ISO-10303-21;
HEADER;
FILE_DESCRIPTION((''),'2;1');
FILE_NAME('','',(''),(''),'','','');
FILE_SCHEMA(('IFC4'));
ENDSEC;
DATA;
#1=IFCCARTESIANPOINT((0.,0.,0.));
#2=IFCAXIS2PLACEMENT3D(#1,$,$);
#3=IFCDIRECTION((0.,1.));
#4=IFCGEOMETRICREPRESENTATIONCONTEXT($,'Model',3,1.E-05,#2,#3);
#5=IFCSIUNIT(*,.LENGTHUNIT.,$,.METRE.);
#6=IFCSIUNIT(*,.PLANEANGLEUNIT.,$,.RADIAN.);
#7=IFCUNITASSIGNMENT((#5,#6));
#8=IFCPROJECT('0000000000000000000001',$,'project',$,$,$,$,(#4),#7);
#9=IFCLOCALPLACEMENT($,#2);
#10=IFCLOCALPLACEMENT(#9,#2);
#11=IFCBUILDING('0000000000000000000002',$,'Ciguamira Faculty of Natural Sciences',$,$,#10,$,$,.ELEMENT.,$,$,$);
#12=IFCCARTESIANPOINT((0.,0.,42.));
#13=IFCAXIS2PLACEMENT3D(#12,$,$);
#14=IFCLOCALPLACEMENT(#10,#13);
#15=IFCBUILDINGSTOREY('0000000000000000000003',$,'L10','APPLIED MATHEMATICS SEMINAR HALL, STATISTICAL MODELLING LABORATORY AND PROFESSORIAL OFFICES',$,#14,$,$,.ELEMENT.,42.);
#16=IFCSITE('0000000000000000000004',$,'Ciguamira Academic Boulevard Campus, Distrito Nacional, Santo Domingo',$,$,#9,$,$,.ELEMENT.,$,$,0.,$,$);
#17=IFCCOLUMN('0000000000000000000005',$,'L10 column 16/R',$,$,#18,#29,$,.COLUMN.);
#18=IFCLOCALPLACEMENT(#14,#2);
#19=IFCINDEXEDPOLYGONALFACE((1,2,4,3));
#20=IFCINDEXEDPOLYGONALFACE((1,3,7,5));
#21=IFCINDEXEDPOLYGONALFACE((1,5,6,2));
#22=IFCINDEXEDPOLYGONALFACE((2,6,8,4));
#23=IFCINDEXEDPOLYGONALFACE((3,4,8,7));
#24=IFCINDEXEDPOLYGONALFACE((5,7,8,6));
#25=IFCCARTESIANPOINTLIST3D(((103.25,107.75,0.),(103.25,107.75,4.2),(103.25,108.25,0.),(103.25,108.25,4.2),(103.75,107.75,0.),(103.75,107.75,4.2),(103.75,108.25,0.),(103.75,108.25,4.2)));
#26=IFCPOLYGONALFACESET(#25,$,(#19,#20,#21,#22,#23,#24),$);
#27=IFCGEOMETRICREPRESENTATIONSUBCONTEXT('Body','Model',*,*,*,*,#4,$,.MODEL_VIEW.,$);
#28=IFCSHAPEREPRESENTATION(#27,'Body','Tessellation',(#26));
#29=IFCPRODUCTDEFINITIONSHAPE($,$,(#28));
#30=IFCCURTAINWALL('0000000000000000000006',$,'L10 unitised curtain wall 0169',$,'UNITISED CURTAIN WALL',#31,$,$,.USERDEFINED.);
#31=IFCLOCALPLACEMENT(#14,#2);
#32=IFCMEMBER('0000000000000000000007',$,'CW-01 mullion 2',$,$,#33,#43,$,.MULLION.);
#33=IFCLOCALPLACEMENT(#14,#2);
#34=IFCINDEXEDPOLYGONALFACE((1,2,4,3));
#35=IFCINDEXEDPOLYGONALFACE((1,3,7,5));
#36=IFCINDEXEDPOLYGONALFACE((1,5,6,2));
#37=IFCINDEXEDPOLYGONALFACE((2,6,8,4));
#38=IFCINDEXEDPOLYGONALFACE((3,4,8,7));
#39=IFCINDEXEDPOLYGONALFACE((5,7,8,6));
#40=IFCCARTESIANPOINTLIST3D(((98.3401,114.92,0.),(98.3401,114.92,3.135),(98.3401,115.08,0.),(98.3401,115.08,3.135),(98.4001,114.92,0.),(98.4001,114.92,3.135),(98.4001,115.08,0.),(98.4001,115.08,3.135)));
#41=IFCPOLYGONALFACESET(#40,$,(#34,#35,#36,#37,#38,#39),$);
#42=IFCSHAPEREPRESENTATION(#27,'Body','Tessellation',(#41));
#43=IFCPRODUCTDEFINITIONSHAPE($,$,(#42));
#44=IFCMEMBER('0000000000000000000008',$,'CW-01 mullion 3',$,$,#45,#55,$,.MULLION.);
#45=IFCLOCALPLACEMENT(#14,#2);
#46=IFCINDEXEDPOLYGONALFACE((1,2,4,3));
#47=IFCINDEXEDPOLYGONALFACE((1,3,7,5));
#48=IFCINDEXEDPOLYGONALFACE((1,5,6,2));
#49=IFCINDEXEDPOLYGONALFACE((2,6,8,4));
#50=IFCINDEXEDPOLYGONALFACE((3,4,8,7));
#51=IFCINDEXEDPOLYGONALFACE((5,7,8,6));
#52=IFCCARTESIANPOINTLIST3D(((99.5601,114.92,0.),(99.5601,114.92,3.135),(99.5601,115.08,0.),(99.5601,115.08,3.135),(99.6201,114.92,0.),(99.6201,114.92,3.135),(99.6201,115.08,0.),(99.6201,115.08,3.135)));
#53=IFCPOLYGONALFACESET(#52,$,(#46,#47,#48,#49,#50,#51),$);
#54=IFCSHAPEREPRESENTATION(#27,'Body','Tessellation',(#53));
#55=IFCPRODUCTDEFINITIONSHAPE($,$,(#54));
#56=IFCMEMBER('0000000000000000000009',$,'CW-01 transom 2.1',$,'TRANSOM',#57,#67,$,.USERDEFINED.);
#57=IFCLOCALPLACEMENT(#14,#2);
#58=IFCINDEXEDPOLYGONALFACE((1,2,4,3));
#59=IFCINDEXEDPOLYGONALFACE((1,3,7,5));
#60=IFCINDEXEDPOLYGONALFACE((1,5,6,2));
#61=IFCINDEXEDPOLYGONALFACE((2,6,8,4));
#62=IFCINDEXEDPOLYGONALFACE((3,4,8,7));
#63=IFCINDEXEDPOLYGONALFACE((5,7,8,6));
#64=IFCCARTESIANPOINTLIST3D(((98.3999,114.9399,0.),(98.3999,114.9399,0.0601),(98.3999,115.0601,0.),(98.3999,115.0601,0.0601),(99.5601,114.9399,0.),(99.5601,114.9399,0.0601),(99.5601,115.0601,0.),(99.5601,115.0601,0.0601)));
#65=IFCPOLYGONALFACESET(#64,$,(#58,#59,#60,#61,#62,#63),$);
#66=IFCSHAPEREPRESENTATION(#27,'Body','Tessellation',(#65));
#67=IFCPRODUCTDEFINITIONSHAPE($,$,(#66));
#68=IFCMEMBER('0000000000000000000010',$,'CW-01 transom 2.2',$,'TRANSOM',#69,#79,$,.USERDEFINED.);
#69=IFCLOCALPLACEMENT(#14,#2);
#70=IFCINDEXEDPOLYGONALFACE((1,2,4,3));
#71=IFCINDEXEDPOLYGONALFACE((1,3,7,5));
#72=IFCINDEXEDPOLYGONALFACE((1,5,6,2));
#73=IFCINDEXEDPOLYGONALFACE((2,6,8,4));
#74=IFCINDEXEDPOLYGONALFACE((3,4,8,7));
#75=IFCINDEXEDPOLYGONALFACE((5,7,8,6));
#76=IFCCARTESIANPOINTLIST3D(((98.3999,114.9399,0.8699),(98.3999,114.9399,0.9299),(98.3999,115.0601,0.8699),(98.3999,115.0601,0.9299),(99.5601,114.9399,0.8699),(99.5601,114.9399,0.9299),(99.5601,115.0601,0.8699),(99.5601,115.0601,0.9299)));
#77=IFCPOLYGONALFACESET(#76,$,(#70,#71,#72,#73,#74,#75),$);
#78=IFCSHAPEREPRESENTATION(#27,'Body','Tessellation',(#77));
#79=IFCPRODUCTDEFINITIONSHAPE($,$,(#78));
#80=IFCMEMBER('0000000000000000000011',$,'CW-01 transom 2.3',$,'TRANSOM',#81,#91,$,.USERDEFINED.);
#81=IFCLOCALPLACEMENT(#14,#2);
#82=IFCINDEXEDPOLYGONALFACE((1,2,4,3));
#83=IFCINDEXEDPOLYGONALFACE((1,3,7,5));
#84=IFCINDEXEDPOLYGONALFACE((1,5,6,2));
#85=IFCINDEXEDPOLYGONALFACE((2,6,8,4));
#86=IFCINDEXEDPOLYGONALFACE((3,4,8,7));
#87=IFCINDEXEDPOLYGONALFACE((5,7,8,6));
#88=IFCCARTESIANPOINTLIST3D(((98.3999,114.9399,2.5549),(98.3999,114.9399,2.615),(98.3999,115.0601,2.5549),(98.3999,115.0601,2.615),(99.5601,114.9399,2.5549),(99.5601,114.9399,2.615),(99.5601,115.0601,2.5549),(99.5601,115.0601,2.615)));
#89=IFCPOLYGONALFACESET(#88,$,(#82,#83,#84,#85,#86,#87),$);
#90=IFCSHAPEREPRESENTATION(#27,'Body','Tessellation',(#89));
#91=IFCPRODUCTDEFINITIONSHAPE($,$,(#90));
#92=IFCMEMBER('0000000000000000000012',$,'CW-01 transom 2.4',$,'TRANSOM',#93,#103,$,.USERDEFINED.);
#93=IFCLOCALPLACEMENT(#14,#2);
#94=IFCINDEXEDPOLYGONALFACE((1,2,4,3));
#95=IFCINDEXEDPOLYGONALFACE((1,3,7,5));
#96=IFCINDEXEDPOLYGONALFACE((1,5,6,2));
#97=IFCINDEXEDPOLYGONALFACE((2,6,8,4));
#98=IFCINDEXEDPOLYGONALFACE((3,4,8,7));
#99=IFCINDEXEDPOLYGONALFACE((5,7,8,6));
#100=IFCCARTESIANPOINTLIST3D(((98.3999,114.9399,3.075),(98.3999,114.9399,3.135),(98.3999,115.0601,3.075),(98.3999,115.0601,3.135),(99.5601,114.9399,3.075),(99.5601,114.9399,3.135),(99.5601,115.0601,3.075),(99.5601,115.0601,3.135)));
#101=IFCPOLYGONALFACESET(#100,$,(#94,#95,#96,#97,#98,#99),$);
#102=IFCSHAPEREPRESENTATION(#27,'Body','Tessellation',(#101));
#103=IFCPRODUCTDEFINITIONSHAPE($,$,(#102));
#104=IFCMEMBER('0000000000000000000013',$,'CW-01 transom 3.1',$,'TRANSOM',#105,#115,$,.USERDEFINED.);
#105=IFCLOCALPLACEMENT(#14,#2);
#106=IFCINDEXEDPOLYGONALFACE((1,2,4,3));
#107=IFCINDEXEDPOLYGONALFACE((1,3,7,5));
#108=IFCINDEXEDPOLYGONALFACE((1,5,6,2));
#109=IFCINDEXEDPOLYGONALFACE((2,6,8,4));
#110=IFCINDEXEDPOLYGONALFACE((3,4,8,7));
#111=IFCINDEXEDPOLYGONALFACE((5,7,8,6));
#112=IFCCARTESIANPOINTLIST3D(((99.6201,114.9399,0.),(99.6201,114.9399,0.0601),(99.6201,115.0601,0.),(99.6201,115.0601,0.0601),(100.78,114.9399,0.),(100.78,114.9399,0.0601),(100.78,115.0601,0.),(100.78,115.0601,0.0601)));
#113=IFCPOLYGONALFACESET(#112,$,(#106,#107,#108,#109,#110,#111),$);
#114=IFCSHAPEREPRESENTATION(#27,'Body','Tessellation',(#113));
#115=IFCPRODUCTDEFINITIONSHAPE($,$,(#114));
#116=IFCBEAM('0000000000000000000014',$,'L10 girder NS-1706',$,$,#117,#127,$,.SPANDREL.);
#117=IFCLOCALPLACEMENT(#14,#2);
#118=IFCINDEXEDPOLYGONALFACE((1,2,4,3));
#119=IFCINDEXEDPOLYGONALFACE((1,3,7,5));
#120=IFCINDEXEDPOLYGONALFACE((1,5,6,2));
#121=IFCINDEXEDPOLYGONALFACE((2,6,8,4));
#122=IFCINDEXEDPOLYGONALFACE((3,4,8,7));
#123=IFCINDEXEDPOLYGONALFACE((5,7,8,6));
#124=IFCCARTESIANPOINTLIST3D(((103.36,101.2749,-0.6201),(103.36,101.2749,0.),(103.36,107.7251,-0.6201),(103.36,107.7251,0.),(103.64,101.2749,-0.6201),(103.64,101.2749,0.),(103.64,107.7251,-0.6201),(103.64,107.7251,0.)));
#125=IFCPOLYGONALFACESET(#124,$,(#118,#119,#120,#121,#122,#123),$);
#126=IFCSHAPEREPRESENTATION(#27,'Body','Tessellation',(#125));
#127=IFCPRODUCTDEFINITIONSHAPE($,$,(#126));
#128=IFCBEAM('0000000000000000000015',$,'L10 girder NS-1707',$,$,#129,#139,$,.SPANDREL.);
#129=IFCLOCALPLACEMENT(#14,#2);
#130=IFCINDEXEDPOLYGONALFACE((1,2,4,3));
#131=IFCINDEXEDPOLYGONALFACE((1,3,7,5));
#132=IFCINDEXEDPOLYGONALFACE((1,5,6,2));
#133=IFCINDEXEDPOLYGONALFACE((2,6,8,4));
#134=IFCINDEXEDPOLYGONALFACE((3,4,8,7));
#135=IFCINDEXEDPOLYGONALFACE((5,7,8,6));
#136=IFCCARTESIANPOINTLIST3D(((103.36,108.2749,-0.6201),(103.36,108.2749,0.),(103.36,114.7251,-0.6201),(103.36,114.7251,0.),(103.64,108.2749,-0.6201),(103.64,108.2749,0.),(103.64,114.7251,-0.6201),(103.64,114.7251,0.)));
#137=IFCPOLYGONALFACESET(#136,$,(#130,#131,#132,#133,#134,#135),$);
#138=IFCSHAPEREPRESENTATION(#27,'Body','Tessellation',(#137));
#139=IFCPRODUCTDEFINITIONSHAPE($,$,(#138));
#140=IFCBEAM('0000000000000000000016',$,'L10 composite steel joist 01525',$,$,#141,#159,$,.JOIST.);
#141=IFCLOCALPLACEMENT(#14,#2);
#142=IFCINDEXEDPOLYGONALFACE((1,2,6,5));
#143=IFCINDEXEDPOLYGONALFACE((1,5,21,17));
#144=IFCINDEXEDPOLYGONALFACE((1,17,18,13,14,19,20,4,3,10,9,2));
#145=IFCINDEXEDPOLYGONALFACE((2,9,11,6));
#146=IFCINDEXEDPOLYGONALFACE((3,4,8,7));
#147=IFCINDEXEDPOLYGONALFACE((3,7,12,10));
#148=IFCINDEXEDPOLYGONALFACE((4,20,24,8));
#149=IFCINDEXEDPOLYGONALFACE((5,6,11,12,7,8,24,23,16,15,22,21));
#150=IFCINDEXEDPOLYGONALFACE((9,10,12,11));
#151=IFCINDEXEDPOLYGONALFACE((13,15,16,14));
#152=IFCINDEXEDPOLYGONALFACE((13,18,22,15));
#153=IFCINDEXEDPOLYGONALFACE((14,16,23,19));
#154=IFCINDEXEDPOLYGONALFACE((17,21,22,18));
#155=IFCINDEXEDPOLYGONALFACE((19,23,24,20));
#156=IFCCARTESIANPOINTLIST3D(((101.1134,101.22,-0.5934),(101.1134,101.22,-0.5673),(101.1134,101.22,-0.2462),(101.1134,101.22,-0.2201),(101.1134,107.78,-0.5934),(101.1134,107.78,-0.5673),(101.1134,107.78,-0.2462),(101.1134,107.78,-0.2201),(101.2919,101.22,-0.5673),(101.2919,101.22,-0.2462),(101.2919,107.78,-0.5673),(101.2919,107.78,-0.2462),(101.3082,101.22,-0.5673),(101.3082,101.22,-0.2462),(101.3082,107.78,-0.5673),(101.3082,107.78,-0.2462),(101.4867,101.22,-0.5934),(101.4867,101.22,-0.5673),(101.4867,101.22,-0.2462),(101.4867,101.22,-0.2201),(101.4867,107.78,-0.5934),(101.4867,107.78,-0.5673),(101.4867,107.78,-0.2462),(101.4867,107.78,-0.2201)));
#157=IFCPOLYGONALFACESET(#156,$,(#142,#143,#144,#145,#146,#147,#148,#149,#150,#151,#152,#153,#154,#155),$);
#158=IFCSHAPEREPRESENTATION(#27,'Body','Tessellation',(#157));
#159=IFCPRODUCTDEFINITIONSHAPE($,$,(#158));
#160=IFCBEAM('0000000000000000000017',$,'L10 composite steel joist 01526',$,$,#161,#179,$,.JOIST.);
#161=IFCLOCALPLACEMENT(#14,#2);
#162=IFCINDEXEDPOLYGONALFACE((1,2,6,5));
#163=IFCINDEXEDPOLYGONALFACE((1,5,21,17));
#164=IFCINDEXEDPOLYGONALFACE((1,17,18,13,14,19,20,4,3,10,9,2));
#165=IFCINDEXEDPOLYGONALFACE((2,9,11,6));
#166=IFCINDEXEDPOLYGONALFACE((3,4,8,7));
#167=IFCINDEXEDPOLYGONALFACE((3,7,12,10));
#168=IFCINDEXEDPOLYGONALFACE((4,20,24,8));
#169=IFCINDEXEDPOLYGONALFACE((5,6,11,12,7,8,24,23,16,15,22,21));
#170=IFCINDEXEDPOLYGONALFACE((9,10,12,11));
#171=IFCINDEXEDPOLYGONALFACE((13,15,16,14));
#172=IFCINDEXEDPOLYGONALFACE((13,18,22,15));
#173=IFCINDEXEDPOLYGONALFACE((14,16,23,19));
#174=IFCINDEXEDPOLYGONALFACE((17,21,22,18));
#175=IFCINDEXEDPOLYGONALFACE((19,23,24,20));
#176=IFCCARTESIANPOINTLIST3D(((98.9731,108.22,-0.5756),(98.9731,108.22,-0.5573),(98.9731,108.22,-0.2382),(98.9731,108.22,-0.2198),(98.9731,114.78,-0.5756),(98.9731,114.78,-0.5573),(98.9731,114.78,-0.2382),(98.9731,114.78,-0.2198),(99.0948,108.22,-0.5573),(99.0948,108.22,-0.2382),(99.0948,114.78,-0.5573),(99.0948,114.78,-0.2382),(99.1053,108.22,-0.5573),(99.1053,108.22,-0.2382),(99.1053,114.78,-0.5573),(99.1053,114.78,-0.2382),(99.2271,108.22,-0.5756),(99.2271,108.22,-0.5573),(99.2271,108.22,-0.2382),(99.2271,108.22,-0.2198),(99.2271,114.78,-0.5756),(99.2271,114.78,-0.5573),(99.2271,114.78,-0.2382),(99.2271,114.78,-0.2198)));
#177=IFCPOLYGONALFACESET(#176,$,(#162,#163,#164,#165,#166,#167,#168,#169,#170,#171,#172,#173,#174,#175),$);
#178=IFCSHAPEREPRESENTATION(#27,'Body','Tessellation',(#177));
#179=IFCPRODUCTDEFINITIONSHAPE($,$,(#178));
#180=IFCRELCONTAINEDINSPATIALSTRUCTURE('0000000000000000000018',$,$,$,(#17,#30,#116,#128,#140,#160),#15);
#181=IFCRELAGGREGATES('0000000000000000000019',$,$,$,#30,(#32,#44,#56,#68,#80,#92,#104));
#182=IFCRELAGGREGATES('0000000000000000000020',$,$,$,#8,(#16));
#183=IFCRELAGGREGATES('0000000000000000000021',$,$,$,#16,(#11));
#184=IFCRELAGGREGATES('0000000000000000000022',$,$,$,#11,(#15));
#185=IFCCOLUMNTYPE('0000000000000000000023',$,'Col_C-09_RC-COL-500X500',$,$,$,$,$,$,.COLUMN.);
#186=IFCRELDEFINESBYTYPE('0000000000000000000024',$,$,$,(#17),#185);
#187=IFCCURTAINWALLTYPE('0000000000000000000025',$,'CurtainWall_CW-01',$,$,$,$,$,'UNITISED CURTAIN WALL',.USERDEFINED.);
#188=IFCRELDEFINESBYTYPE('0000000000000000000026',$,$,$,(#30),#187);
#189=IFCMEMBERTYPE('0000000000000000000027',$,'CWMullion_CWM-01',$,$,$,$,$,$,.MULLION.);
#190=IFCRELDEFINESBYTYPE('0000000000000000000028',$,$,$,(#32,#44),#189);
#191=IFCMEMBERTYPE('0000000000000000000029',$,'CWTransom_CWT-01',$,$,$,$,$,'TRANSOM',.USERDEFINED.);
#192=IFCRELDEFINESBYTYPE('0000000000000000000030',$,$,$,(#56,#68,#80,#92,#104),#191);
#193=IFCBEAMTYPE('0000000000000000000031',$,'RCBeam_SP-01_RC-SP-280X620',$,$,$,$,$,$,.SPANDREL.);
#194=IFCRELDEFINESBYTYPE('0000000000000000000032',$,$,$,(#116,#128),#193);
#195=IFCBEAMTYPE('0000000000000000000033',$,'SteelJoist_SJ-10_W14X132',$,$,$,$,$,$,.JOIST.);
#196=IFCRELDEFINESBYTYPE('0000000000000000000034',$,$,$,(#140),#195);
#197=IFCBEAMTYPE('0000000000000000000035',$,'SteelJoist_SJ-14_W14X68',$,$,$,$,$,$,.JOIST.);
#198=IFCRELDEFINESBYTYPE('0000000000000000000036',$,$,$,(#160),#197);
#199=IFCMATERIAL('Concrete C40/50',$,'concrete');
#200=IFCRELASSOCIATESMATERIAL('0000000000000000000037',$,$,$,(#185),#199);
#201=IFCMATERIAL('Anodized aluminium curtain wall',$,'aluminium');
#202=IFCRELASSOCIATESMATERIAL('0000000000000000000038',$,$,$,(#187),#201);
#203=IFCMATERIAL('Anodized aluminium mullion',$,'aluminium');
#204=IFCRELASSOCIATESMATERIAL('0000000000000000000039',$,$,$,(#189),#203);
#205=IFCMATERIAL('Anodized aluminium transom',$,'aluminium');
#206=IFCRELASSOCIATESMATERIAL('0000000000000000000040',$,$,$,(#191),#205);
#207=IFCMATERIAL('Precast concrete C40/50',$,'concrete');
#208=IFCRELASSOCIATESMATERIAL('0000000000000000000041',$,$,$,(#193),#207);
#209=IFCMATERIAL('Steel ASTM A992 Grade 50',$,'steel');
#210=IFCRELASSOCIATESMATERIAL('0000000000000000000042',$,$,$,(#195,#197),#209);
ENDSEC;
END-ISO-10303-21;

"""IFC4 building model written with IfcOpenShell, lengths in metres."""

from ifc_helpers import new_model, si_unit, direction, frame, origin, origin_2d, place, context, subcontext, project, spatial, rectangle, i_section, extrude, material, material_profile, profile_set, type_object, element, aggregate, save


model = new_model("IFC4")

# Units and contexts
model_context = context("Model", 3, precision=1e-05, world=origin(), true_north=direction((0.0, 1.0)))
body_context = subcontext(model_context, "Body", "Model", "MODEL_VIEW")
ifc_project = project(units=[si_unit("LENGTHUNIT", "METRE"), si_unit("PLANEANGLEUNIT", "RADIAN")], contexts=[model_context])

# Site, building, storey
site_placement = place(None, origin())
site = spatial("IfcSite", under=ifc_project, at=site_placement, Name="Ciguamira Academic Boulevard Campus, Distrito Nacional, Santo Domingo", CompositionType="ELEMENT", RefElevation=0.0)
building_placement = place(site_placement, origin())
building = spatial("IfcBuilding", under=site, at=building_placement, Name="Ciguamira Faculty of Natural Sciences", CompositionType="ELEMENT")
storey_placement = place(building_placement, frame((0.0, 0.0, 42.0)))
storey = spatial("IfcBuildingStorey", under=building, at=storey_placement, Name="L10", Description="APPLIED MATHEMATICS SEMINAR HALL, STATISTICAL MODELLING LABORATORY AND PROFESSORIAL OFFICES", CompositionType="ELEMENT", Elevation=42.0)

# Column
ifc_material_1 = material(Name="Concrete C40/50", Category="concrete")
ifc_material_profile_1 = material_profile(ifc_material_1, rectangle(XDim=0.5, YDim=0.5, at=origin_2d()), Name="RC-COL-500X500")
ifc_profile_set_1 = profile_set([ifc_material_profile_1], Name="Concrete C40/50")
column_type = type_object("IfcColumnType", Name="Col_C-09_RC-COL-500X500", PredefinedType="COLUMN", material=ifc_profile_set_1)
column_placement = place(storey_placement, frame((103.5, 108.0, 0.0), z_axis=(0.0, 0.0, 1.0), x_axis=(1.0, 0.0, 0.0)))
element("IfcColumn", 1, at=column_placement, inside=storey, type_object=column_type, Name="L10 column 16/R", PredefinedType="COLUMN", context=body_context, shape_type="SweptSolid", body=[
    extrude(rectangle(XDim=0.5, YDim=0.5, at=origin_2d()), origin(), (0.0, 0.0, 1.0), 4.2),
])

# Curtain wall, members
ifc_material_2 = material(Name="Anodized aluminium curtain wall", Category="aluminium")
curtain_wall_type = type_object("IfcCurtainWallType", Name="CurtainWall_CW-01", ElementType="UNITISED CURTAIN WALL", PredefinedType="USERDEFINED", material=ifc_material_2)
curtain_wall_placement = place(storey_placement, origin())
curtain_wall = element("IfcCurtainWall", 2, at=curtain_wall_placement, inside=storey, type_object=curtain_wall_type, Name="L10 unitised curtain wall 0169", ObjectType="UNITISED CURTAIN WALL", PredefinedType="USERDEFINED")
ifc_material_3 = material(Name="Anodized aluminium mullion", Category="aluminium")
ifc_material_profile_2 = material_profile(ifc_material_3, rectangle(XDim=0.0601, YDim=0.1599, at=origin_2d()), Name="ALU-MUL-60X160")
ifc_profile_set_2 = profile_set([ifc_material_profile_2], Name="Anodized aluminium mullion")
member_type_1 = type_object("IfcMemberType", Name="CWMullion_CWM-01", PredefinedType="MULLION", material=ifc_profile_set_2)
member_1_placement = place(storey_placement, frame((98.3701, 115.0, 0.0), z_axis=(0.0, 0.0, 1.0), x_axis=(1.0, 0.0, 0.0)))
member_1 = element("IfcMember", 3, at=member_1_placement, type_object=member_type_1, Name="CW-01 mullion 2", PredefinedType="MULLION", context=body_context, shape_type="SweptSolid", body=[
    extrude(rectangle(XDim=0.0601, YDim=0.1599, at=origin_2d()), origin(), (0.0, 0.0, 1.0), 3.135),
])
member_2_placement = place(storey_placement, frame((99.5901, 115.0, 0.0), z_axis=(0.0, 0.0, 1.0), x_axis=(1.0, 0.0, 0.0)))
member_2 = element("IfcMember", 4, at=member_2_placement, type_object=member_type_1, Name="CW-01 mullion 3", PredefinedType="MULLION", context=body_context, shape_type="SweptSolid", body=[
    extrude(rectangle(XDim=0.0601, YDim=0.1599, at=origin_2d()), origin(), (0.0, 0.0, 1.0), 3.135),
])
ifc_material_4 = material(Name="Anodized aluminium transom", Category="aluminium")
ifc_material_profile_3 = material_profile(ifc_material_4, rectangle(XDim=0.0601, YDim=0.1201, at=origin_2d()), Name="ALU-TRN-60X120")
ifc_profile_set_3 = profile_set([ifc_material_profile_3], Name="Anodized aluminium transom")
member_type_2 = type_object("IfcMemberType", Name="CWTransom_CWT-01", ElementType="TRANSOM", PredefinedType="USERDEFINED", material=ifc_profile_set_3)
member_3_placement = place(storey_placement, frame((98.3999, 115.0, 0.03), z_axis=(1.0, 0.0, 0.0), x_axis=(0.0, 0.0, 1.0)))
member_3 = element("IfcMember", 5, at=member_3_placement, type_object=member_type_2, Name="CW-01 transom 2.1", ObjectType="TRANSOM", PredefinedType="USERDEFINED", context=body_context, shape_type="SweptSolid", body=[
    extrude(rectangle(XDim=0.0601, YDim=0.1201, at=origin_2d()), origin(), (0.0, 0.0, 1.0), 1.1602),
])
member_4_placement = place(storey_placement, frame((98.3999, 115.0, 0.8999), z_axis=(1.0, 0.0, 0.0), x_axis=(0.0, 0.0, 1.0)))
member_4 = element("IfcMember", 6, at=member_4_placement, type_object=member_type_2, Name="CW-01 transom 2.2", ObjectType="TRANSOM", PredefinedType="USERDEFINED", context=body_context, shape_type="SweptSolid", body=[
    extrude(rectangle(XDim=0.0601, YDim=0.1201, at=origin_2d()), origin(), (0.0, 0.0, 1.0), 1.1602),
])
member_5_placement = place(storey_placement, frame((98.3999, 115.0, 2.585), z_axis=(1.0, 0.0, 0.0), x_axis=(0.0, 0.0, 1.0)))
member_5 = element("IfcMember", 7, at=member_5_placement, type_object=member_type_2, Name="CW-01 transom 2.3", ObjectType="TRANSOM", PredefinedType="USERDEFINED", context=body_context, shape_type="SweptSolid", body=[
    extrude(rectangle(XDim=0.0601, YDim=0.1201, at=origin_2d()), origin(), (0.0, 0.0, 1.0), 1.1602),
])
member_6_placement = place(storey_placement, frame((98.3999, 115.0, 3.105), z_axis=(1.0, 0.0, 0.0), x_axis=(0.0, 0.0, 1.0)))
member_6 = element("IfcMember", 8, at=member_6_placement, type_object=member_type_2, Name="CW-01 transom 2.4", ObjectType="TRANSOM", PredefinedType="USERDEFINED", context=body_context, shape_type="SweptSolid", body=[
    extrude(rectangle(XDim=0.0601, YDim=0.1201, at=origin_2d()), origin(), (0.0, 0.0, 1.0), 1.1602),
])
member_7_placement = place(storey_placement, frame((99.6201, 115.0, 0.03), z_axis=(1.0, 0.0, 0.0), x_axis=(0.0, 0.0, 1.0)))
member_7 = element("IfcMember", 9, at=member_7_placement, type_object=member_type_2, Name="CW-01 transom 3.1", ObjectType="TRANSOM", PredefinedType="USERDEFINED", context=body_context, shape_type="SweptSolid", body=[
    extrude(rectangle(XDim=0.0601, YDim=0.1201, at=origin_2d()), origin(), (0.0, 0.0, 1.0), 1.1599),
])

# Beams
ifc_material_5 = material(Name="Precast concrete C40/50", Category="concrete")
ifc_material_profile_4 = material_profile(ifc_material_5, rectangle(XDim=0.28, YDim=0.6201, at=origin_2d()), Name="RC-SP-280X620")
ifc_profile_set_4 = profile_set([ifc_material_profile_4], Name="Precast concrete C40/50")
beam_type_1 = type_object("IfcBeamType", Name="RCBeam_SP-01_RC-SP-280X620", PredefinedType="SPANDREL", material=ifc_profile_set_4)
for number, where, z_axis, x_axis, name in (
    (10, (103.5, 101.2749, -0.3101), (0.0, 1.0, 0.0), (-1.0, 0.0, 0.0), "L10 girder NS-1706"),
    (11, (103.5, 108.2749, -0.3101), (0.0, 1.0, 0.0), (-1.0, 0.0, 0.0), "L10 girder NS-1707"),
):
    element("IfcBeam", number, at=place(storey_placement, frame(where, z_axis=z_axis, x_axis=x_axis)), inside=storey, type_object=beam_type_1, Name=name, PredefinedType="SPANDREL", context=body_context, shape_type="SweptSolid", body=[
        extrude(rectangle(XDim=0.28, YDim=0.6201, at=origin_2d()), origin(), (0.0, 0.0, 1.0), 6.4502),
    ])
ifc_material_6 = material(Name="Steel ASTM A992 Grade 50", Category="steel")
ifc_material_profile_5 = material_profile(ifc_material_6, i_section(OverallWidth=0.3733, OverallDepth=0.3733, WebThickness=0.0164, FlangeThickness=0.0261, at=origin_2d()), Name="W14X132")
ifc_profile_set_5 = profile_set([ifc_material_profile_5], Name="Steel ASTM A992 Grade 50")
beam_type_2 = type_object("IfcBeamType", Name="SteelJoist_SJ-10_W14X132", PredefinedType="JOIST", material=ifc_profile_set_5)
beam_1_placement = place(storey_placement, frame((101.3, 101.22, -0.4067), z_axis=(0.0, 1.0, 0.0), x_axis=(-1.0, 0.0, 0.0)))
element("IfcBeam", 12, at=beam_1_placement, inside=storey, type_object=beam_type_2, Name="L10 composite steel joist 01525", PredefinedType="JOIST", context=body_context, shape_type="SweptSolid", body=[
    extrude(i_section(OverallWidth=0.3733, OverallDepth=0.3733, WebThickness=0.0164, FlangeThickness=0.0261, at=origin_2d()), origin(), (0.0, 0.0, 1.0), 6.5601),
])
ifc_material_profile_6 = material_profile(ifc_material_6, i_section(OverallWidth=0.2539, OverallDepth=0.3557, WebThickness=0.0105, FlangeThickness=0.0183, at=origin_2d()), Name="W14X68")
ifc_profile_set_6 = profile_set([ifc_material_profile_6], Name="Steel ASTM A992 Grade 50")
beam_type_3 = type_object("IfcBeamType", Name="SteelJoist_SJ-14_W14X68", PredefinedType="JOIST", material=ifc_profile_set_6)
beam_2_placement = place(storey_placement, frame((99.1001, 108.22, -0.3977), z_axis=(0.0, 1.0, 0.0), x_axis=(-1.0, 0.0, 0.0)))
element("IfcBeam", 13, at=beam_2_placement, inside=storey, type_object=beam_type_3, Name="L10 composite steel joist 01526", PredefinedType="JOIST", context=body_context, shape_type="SweptSolid", body=[
    extrude(i_section(OverallWidth=0.2539, OverallDepth=0.3557, WebThickness=0.0105, FlangeThickness=0.0183, at=origin_2d()), origin(), (0.0, 0.0, 1.0), 6.5601),
])

aggregate(curtain_wall, [member_1, member_2, member_3, member_4, member_5, member_6, member_7])

save(model, "model.ifc")
